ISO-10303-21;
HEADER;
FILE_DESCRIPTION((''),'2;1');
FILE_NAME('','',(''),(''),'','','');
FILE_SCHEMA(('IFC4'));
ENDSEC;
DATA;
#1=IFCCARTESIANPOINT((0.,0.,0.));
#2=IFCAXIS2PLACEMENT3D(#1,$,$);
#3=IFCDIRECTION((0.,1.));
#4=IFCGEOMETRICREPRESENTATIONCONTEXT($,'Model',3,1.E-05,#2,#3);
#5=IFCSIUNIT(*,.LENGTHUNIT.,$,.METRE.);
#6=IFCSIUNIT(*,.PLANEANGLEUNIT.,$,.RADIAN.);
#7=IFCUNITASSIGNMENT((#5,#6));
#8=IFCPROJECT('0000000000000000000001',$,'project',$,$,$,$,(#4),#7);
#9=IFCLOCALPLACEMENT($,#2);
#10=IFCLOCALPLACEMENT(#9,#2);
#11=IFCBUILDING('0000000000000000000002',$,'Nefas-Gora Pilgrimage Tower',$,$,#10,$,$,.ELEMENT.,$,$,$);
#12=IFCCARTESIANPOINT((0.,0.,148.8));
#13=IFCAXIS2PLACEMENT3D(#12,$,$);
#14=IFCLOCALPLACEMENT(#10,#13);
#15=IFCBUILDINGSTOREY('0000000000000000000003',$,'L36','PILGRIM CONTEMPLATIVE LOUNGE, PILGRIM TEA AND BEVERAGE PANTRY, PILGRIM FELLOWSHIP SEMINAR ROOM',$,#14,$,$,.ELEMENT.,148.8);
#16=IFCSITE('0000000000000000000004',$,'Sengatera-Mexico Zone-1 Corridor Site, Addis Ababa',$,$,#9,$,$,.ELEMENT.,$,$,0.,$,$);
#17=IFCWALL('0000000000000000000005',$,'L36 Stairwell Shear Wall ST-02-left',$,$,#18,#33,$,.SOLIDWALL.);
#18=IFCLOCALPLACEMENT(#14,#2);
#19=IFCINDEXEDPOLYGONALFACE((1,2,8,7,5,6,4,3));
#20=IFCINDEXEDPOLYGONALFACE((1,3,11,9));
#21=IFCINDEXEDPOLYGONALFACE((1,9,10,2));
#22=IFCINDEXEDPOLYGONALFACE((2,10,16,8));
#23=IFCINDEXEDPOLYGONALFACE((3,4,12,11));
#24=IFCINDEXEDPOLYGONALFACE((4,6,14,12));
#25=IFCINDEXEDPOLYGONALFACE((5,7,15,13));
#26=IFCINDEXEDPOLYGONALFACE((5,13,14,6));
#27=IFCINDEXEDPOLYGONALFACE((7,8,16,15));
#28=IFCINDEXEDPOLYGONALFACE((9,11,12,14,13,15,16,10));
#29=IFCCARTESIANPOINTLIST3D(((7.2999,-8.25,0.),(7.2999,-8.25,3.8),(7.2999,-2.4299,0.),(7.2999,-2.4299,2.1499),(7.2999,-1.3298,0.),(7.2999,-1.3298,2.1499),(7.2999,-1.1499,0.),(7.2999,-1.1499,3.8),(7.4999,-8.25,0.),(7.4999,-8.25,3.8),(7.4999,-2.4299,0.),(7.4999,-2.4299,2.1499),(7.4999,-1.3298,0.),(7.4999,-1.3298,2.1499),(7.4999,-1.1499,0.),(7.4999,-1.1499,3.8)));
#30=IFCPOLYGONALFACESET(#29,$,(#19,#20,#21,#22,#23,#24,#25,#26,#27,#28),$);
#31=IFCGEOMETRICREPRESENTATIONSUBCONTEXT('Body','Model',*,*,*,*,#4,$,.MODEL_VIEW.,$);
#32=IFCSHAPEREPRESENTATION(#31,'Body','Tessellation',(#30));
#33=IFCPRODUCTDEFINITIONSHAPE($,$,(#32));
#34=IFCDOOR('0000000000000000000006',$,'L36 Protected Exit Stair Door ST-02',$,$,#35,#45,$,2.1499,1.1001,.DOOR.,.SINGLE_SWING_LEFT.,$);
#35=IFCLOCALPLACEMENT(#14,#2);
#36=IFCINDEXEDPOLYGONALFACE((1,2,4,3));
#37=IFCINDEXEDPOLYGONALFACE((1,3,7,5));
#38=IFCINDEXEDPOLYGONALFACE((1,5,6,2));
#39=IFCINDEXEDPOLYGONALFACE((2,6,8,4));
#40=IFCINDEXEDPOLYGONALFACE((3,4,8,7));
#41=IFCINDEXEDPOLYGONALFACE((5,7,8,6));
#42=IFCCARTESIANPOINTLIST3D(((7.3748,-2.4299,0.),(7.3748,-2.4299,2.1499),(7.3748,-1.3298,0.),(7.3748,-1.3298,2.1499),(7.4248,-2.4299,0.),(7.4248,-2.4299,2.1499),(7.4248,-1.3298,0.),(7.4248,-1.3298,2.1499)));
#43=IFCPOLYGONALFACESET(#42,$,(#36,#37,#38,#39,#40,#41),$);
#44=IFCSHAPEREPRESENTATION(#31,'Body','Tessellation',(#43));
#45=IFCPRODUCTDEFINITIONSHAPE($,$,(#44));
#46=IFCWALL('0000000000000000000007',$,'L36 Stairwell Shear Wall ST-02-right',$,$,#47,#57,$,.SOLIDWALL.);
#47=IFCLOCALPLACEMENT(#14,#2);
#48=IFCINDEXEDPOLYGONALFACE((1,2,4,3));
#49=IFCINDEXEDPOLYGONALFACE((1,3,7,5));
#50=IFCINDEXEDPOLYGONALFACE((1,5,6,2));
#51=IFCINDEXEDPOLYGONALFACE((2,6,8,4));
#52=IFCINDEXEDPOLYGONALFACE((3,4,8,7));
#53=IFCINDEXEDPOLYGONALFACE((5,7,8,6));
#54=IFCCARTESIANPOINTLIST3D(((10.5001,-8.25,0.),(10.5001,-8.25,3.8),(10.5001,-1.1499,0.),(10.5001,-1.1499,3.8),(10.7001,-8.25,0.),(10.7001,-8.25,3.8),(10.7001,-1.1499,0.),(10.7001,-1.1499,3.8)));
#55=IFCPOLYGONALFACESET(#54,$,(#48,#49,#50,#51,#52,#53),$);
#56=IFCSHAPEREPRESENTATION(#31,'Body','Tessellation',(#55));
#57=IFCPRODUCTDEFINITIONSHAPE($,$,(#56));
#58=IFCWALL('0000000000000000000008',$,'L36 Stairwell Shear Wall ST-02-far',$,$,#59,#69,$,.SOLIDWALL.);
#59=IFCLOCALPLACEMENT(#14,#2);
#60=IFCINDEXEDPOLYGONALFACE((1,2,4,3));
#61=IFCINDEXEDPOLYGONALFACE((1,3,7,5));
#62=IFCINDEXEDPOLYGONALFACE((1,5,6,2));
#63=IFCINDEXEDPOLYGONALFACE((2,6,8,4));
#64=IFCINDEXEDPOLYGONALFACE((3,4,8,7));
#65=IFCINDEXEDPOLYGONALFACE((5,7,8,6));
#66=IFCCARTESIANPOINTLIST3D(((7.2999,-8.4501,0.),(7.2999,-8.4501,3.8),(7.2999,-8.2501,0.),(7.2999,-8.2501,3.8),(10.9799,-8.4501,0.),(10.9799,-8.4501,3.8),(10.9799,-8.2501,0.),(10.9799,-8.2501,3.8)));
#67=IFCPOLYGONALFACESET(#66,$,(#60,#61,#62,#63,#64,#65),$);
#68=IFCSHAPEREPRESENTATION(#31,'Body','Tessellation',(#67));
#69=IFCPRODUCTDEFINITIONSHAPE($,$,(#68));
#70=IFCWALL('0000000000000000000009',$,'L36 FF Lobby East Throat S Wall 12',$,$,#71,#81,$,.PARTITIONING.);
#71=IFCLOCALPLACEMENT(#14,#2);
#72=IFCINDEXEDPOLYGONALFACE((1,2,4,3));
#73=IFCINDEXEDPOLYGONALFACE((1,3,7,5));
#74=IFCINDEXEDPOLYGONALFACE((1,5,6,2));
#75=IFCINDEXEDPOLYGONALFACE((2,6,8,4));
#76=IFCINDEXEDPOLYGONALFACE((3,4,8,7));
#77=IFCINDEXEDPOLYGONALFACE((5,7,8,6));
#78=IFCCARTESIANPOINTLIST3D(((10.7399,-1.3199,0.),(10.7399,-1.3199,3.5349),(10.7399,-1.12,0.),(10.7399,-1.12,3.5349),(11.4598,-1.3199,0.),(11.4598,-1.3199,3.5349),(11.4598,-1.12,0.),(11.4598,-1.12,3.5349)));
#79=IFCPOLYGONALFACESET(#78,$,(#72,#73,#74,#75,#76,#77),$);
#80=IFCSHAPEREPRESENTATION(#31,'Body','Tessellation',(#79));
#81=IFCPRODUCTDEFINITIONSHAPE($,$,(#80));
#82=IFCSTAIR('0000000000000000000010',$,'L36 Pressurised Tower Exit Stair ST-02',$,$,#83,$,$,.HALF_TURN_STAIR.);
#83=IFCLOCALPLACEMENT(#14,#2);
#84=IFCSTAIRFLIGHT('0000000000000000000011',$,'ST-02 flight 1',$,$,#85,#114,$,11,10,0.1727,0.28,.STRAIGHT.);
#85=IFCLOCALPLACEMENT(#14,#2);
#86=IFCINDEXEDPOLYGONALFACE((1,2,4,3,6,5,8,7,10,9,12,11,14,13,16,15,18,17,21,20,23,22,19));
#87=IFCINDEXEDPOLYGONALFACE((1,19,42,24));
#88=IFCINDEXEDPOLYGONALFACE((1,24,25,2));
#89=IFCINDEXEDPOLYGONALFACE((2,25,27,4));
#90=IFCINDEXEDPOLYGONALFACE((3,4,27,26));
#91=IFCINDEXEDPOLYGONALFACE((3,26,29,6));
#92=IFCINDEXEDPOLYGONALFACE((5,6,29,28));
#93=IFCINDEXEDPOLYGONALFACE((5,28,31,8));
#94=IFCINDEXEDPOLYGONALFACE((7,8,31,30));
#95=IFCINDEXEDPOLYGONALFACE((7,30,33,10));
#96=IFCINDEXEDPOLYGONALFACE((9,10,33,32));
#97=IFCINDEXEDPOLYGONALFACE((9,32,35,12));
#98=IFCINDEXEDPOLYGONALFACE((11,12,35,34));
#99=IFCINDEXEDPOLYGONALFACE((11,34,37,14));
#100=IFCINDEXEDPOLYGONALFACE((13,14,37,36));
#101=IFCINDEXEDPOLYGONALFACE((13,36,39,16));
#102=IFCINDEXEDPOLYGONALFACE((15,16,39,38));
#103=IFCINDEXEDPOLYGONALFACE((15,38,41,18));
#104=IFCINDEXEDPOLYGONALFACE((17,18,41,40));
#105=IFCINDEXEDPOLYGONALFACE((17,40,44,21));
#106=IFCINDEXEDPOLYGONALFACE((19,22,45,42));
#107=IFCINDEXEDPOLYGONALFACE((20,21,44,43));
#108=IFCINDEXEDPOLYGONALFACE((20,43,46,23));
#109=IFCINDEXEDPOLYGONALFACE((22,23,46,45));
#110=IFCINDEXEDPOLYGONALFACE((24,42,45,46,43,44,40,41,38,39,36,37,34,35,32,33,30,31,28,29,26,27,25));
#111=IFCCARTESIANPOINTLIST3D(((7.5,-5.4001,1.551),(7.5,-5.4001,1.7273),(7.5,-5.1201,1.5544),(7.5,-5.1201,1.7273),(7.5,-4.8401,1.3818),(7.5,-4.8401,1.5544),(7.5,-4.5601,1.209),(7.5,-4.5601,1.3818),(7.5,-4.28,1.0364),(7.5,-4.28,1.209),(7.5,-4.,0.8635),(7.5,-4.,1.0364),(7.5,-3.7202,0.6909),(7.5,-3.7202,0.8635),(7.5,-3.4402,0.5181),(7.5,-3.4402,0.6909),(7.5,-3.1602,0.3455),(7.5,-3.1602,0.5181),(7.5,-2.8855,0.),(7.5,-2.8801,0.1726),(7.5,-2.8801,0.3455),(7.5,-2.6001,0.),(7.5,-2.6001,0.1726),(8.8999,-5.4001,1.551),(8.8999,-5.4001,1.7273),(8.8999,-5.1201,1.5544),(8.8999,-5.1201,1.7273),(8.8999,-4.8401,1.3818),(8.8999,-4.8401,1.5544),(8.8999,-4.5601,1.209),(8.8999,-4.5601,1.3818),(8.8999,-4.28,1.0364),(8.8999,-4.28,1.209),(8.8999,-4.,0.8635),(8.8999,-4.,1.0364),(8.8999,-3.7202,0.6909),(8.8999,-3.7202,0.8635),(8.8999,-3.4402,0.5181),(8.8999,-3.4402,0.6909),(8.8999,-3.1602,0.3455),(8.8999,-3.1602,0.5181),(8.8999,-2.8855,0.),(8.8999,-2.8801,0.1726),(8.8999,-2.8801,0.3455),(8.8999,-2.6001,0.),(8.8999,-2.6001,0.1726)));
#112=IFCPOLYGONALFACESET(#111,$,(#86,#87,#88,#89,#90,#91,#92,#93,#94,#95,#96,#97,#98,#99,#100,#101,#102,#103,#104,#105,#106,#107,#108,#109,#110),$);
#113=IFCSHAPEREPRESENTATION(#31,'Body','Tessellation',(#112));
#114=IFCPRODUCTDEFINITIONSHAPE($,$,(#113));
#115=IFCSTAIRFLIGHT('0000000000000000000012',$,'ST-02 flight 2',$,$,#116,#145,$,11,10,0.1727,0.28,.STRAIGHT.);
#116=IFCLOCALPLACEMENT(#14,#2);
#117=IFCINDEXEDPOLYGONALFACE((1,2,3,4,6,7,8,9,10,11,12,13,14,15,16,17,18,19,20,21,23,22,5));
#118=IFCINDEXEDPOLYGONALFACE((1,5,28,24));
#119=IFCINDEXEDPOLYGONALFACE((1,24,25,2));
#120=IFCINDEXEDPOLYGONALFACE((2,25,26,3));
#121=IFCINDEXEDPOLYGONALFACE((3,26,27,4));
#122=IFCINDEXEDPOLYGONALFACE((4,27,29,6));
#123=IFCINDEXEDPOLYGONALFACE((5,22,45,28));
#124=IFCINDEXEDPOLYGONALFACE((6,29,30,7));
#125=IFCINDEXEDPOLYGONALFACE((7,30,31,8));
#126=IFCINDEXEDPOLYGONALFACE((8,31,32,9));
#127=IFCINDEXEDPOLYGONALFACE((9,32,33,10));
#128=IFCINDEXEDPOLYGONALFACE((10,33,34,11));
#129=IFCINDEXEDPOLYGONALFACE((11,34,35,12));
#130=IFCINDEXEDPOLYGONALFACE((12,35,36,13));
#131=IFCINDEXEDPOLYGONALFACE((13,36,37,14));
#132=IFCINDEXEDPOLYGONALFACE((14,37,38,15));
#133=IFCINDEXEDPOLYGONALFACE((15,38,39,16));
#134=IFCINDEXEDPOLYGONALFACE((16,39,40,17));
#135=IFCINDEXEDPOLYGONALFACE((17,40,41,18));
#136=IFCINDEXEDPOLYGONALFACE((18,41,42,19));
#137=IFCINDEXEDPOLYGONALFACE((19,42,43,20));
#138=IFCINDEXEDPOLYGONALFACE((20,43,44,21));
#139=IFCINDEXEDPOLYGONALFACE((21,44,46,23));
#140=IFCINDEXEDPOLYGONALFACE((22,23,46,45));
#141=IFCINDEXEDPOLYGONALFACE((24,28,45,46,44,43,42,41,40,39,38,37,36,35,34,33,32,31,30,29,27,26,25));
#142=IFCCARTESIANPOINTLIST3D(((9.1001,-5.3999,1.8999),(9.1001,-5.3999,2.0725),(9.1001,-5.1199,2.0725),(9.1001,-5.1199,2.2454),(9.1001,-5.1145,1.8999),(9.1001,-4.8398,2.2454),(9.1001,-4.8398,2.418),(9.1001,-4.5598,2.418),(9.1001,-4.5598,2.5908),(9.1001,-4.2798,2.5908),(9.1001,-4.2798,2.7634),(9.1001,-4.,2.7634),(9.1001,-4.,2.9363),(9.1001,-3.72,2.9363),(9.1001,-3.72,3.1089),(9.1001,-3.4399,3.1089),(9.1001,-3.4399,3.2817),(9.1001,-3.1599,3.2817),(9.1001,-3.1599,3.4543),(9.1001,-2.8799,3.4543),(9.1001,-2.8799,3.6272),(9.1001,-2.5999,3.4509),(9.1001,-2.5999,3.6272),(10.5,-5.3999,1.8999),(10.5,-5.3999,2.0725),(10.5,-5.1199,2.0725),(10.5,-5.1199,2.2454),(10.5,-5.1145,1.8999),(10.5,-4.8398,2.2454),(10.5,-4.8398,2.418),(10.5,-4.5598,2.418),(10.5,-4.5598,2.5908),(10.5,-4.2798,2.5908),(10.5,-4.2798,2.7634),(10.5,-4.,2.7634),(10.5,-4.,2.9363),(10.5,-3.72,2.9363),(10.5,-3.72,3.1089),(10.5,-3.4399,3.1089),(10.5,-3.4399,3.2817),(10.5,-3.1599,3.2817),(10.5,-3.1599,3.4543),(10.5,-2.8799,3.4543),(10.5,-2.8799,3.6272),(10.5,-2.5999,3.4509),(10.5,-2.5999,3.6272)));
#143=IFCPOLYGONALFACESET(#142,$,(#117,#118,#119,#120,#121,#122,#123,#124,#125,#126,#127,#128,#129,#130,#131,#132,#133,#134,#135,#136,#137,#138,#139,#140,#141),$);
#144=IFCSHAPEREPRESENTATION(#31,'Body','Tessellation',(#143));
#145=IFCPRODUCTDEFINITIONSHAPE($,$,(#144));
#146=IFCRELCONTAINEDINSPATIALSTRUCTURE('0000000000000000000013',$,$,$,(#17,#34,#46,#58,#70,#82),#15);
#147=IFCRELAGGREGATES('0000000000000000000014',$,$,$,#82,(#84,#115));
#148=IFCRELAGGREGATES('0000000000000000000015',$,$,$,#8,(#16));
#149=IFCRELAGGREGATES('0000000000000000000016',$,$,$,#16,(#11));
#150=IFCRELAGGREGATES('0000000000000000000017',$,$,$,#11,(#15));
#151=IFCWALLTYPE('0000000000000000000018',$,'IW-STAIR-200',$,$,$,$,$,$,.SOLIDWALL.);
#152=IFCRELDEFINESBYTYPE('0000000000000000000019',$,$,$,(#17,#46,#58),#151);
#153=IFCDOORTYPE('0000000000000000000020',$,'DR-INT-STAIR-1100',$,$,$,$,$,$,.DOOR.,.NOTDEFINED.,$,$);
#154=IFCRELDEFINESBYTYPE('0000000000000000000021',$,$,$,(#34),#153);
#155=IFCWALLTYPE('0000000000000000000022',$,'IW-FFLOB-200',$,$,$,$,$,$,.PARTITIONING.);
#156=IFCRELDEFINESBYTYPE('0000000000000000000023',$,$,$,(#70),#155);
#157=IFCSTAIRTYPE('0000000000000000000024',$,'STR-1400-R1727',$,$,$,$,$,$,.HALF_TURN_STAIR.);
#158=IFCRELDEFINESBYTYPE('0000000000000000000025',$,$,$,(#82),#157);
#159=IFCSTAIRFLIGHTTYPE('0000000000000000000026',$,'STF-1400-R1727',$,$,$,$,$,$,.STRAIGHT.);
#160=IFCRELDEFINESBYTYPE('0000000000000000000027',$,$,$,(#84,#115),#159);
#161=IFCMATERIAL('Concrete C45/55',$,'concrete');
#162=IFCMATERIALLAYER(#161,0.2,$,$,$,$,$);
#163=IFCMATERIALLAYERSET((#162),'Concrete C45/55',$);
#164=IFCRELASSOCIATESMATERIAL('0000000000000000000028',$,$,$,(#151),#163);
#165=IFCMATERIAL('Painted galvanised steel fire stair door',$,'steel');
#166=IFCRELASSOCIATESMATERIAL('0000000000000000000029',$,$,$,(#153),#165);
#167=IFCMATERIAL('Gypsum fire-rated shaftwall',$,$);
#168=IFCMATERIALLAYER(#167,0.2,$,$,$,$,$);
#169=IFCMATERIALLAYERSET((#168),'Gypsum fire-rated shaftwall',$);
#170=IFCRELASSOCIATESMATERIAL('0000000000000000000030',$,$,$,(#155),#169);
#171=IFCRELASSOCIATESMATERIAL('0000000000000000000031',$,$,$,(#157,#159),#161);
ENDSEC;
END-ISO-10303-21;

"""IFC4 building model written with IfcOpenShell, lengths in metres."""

from ifc_helpers import new_model, si_unit, direction, frame, frame_2d, origin, place, context, subcontext, project, spatial, polyline, rectangle, outline, extrude, source, transform, mapped, material, layer, layer_set, type_object, element, fill, aggregate, save


model = new_model("IFC4")

# Units and contexts
model_context = context("Model", 3, precision=1e-05, world=origin(), true_north=direction((0.0, 1.0)))
body_context = subcontext(model_context, "Body", "Model", "MODEL_VIEW")
ifc_project = project(units=[si_unit("LENGTHUNIT", "METRE"), si_unit("PLANEANGLEUNIT", "RADIAN")], contexts=[model_context])

# Site, building, storey
site_placement = place(None, origin())
site = spatial("IfcSite", under=ifc_project, at=site_placement, Name="Sengatera-Mexico Zone-1 Corridor Site, Addis Ababa", CompositionType="ELEMENT", RefElevation=0.0)
building_placement = place(site_placement, origin())
building = spatial("IfcBuilding", under=site, at=building_placement, Name="Nefas-Gora Pilgrimage Tower", CompositionType="ELEMENT")
storey_placement = place(building_placement, frame((0.0, 0.0, 148.8)))
storey = spatial("IfcBuildingStorey", under=building, at=storey_placement, Name="L36", Description="PILGRIM CONTEMPLATIVE LOUNGE, PILGRIM TEA AND BEVERAGE PANTRY, PILGRIM FELLOWSHIP SEMINAR ROOM", CompositionType="ELEMENT", Elevation=148.8)

# Shared definitions
ifc_material_1 = material(Name="Concrete C45/55", Category="concrete")
ifc_layer_1 = layer(ifc_material_1, 0.2)
ifc_layer_set_1 = layer_set([ifc_layer_1], Name="Concrete C45/55")
wall_type_1 = type_object("IfcWallType", Name="IW-STAIR-200", PredefinedType="SOLIDWALL", material=ifc_layer_set_1)

# Wall, opening, door
shared_shape_1 = source(origin(), body_context, "Body", "SweptSolid", [
    extrude(rectangle(XDim=7.1001, YDim=0.2, at=frame_2d((3.55, 0.0))), origin(), (0.0, 0.0, 1.0), 3.8),
])
wall_1_placement = place(storey_placement, frame((7.3999, -1.1499, 0.0), z_axis=(0.0, 0.0, 1.0), x_axis=(0.0, -1.0, 0.0)))
wall_1 = element("IfcWall", 1, at=wall_1_placement, inside=storey, type_object=wall_type_1, Name="L36 Stairwell Shear Wall ST-02-left", PredefinedType="SOLIDWALL", context=body_context, shape_type="MappedRepresentation", body=[
    mapped(shared_shape_1, transform((0.0, 0.0, 0.0), x_axis=(1.0, 0.0, 0.0), y_axis=(0.0, 1.0, 0.0), z_axis=(0.0, 0.0, 1.0), scale=1.0)),
])
opening_placement = place(wall_1_placement, frame((0.1799, 0.0, 0.0)))
opening = element("IfcOpeningElement", 2, at=opening_placement, cuts=wall_1, PredefinedType="OPENING", context=body_context, shape_type="SweptSolid", body=[
    extrude(rectangle(XDim=1.1001, YDim=2.1499, at=frame_2d((0.55, 1.075))), frame((0.0, 0.1099, 0.0), z_axis=(0.0, -1.0, 0.0), x_axis=(1.0, 0.0, 0.0)), (0.0, 0.0, 1.0), 0.22),
])
ifc_material_2 = material(Name="Painted galvanised steel fire stair door", Category="steel")
door_type = type_object("IfcDoorType", Name="DR-INT-STAIR-1100", OperationType="NOTDEFINED", PredefinedType="DOOR", material=ifc_material_2)
shared_shape_2 = source(origin(), body_context, "Body", "SweptSolid", [
    extrude(rectangle(XDim=1.1001, YDim=2.1499, at=frame_2d((0.55, 1.075))), frame((0.0, 0.0249, 0.0), z_axis=(0.0, -1.0, 0.0), x_axis=(1.0, 0.0, 0.0)), (0.0, 0.0, 1.0), 0.05),
])
door_placement = place(opening_placement, origin())
door = element("IfcDoor", 3, at=door_placement, inside=storey, type_object=door_type, Name="L36 Protected Exit Stair Door ST-02", OperationType="SINGLE_SWING_LEFT", OverallHeight=2.1499, OverallWidth=1.1001, PredefinedType="DOOR", context=body_context, shape_type="MappedRepresentation", body=[
    mapped(shared_shape_2, transform((0.0, 0.0, 0.0), x_axis=(1.0, 0.0, 0.0), y_axis=(0.0, 1.0, 0.0), z_axis=(0.0, 0.0, 1.0), scale=1.0)),
])
fill(opening, door)

# Walls
wall_2_placement = place(storey_placement, frame((10.6001, -1.1499, 0.0), z_axis=(0.0, 0.0, 1.0), x_axis=(0.0, -1.0, 0.0)))
element("IfcWall", 4, at=wall_2_placement, inside=storey, type_object=wall_type_1, Name="L36 Stairwell Shear Wall ST-02-right", PredefinedType="SOLIDWALL", context=body_context, shape_type="MappedRepresentation", body=[
    mapped(shared_shape_1, transform((0.0, 0.0, 0.0), x_axis=(1.0, 0.0, 0.0), y_axis=(0.0, 1.0, 0.0), z_axis=(0.0, 0.0, 1.0), scale=1.0)),
])
shared_shape_3 = source(origin(), body_context, "Body", "SweptSolid", [
    extrude(rectangle(XDim=3.6799, YDim=0.2, at=frame_2d((1.8398, 0.0))), origin(), (0.0, 0.0, 1.0), 3.8),
])
wall_3_placement = place(storey_placement, frame((7.3, -8.3501, 0.0), z_axis=(0.0, 0.0, 1.0), x_axis=(1.0, 0.0, 0.0)))
element("IfcWall", 5, at=wall_3_placement, inside=storey, type_object=wall_type_1, Name="L36 Stairwell Shear Wall ST-02-far", PredefinedType="SOLIDWALL", context=body_context, shape_type="MappedRepresentation", body=[
    mapped(shared_shape_3, transform((0.0, 0.0, 0.0), x_axis=(1.0, 0.0, 0.0), y_axis=(0.0, 1.0, 0.0), z_axis=(0.0, 0.0, 1.0), scale=1.0)),
])
ifc_material_3 = material(Name="Gypsum fire-rated shaftwall")
ifc_layer_2 = layer(ifc_material_3, 0.2)
ifc_layer_set_2 = layer_set([ifc_layer_2], Name="Gypsum fire-rated shaftwall")
wall_type_2 = type_object("IfcWallType", Name="IW-FFLOB-200", PredefinedType="PARTITIONING", material=ifc_layer_set_2)
shared_shape_4 = source(origin(), body_context, "Body", "SweptSolid", [
    extrude(rectangle(XDim=0.72, YDim=0.2, at=frame_2d((0.3599, 0.0))), origin(), (0.0, 0.0, 1.0), 3.5349),
])
wall_4_placement = place(storey_placement, frame((10.74, -1.22, 0.0), z_axis=(0.0, 0.0, 1.0), x_axis=(1.0, 0.0, 0.0)))
element("IfcWall", 6, at=wall_4_placement, inside=storey, type_object=wall_type_2, Name="L36 FF Lobby East Throat S Wall 12", PredefinedType="PARTITIONING", context=body_context, shape_type="MappedRepresentation", body=[
    mapped(shared_shape_4, transform((0.0, 0.0, 0.0), x_axis=(1.0, 0.0, 0.0), y_axis=(0.0, 1.0, 0.0), z_axis=(0.0, 0.0, 1.0), scale=1.0)),
])

# Stair, stair flights
stair_type = type_object("IfcStairType", Name="STR-1400-R1727", PredefinedType="HALF_TURN_STAIR", material=ifc_material_1)
stair_placement = place(storey_placement, origin())
stair = element("IfcStair", 7, at=stair_placement, inside=storey, type_object=stair_type, Name="L36 Pressurised Tower Exit Stair ST-02", PredefinedType="HALF_TURN_STAIR")
stair_flight_type = type_object("IfcStairFlightType", Name="STF-1400-R1727", PredefinedType="STRAIGHT", material=ifc_material_1)
shared_shape_5 = source(origin(), body_context, "Body", "SweptSolid", [
    extrude(outline(polyline([(0.0, 0.0), (0.0, 0.1726), (0.28, 0.1726), (0.28, 0.3455), (0.5601, 0.3455), (0.5601, 0.5181), (0.8401, 0.5181), (0.8401, 0.6909), (1.1201, 0.6909), (1.1201, 0.8635), (1.3999, 0.8635), (1.3999, 1.0364), (1.6799, 1.0364), (1.6799, 1.209), (1.96, 1.209), (1.96, 1.3818), (2.24, 1.3818), (2.24, 1.5544), (2.52, 1.5544), (2.52, 1.7273), (2.8, 1.7273), (2.8, 1.8999), (2.8, 1.551), (0.2854, 0.0), (0.0, 0.0)])), frame((0.0, 0.7, 0.0), z_axis=(0.0, -1.0, 0.0), x_axis=(1.0, 0.0, 0.0)), (0.0, 0.0, 1.0), 1.3999),
])
stair_flight_1_placement = place(storey_placement, frame((8.2, -2.6001, 0.0), z_axis=(0.0, 0.0, 1.0), x_axis=(0.0, -1.0, 0.0)))
stair_flight_1 = element("IfcStairFlight", 8, at=stair_flight_1_placement, type_object=stair_flight_type, Name="ST-02 flight 1", NumberOfRisers=11, NumberOfTreads=10, PredefinedType="STRAIGHT", RiserHeight=0.1727, TreadLength=0.28, context=body_context, shape_type="MappedRepresentation", body=[
    mapped(shared_shape_5, transform((0.0, 0.0, 0.0), x_axis=(1.0, 0.0, 0.0), y_axis=(0.0, 1.0, 0.0), z_axis=(0.0, 0.0, 1.0), scale=1.0)),
])
stair_flight_2_placement = place(storey_placement, frame((9.8, -5.3999, 1.8999), z_axis=(0.0, 0.0, 1.0), x_axis=(0.0, 1.0, 0.0)))
stair_flight_2 = element("IfcStairFlight", 9, at=stair_flight_2_placement, type_object=stair_flight_type, Name="ST-02 flight 2", NumberOfRisers=11, NumberOfTreads=10, PredefinedType="STRAIGHT", RiserHeight=0.1727, TreadLength=0.28, context=body_context, shape_type="MappedRepresentation", body=[
    mapped(shared_shape_5, transform((0.0, 0.0, 0.0), x_axis=(1.0, 0.0, 0.0), y_axis=(0.0, 1.0, 0.0), z_axis=(0.0, 0.0, 1.0), scale=1.0)),
])
aggregate(stair, [stair_flight_1, stair_flight_2])

save(model, "model.ifc")
